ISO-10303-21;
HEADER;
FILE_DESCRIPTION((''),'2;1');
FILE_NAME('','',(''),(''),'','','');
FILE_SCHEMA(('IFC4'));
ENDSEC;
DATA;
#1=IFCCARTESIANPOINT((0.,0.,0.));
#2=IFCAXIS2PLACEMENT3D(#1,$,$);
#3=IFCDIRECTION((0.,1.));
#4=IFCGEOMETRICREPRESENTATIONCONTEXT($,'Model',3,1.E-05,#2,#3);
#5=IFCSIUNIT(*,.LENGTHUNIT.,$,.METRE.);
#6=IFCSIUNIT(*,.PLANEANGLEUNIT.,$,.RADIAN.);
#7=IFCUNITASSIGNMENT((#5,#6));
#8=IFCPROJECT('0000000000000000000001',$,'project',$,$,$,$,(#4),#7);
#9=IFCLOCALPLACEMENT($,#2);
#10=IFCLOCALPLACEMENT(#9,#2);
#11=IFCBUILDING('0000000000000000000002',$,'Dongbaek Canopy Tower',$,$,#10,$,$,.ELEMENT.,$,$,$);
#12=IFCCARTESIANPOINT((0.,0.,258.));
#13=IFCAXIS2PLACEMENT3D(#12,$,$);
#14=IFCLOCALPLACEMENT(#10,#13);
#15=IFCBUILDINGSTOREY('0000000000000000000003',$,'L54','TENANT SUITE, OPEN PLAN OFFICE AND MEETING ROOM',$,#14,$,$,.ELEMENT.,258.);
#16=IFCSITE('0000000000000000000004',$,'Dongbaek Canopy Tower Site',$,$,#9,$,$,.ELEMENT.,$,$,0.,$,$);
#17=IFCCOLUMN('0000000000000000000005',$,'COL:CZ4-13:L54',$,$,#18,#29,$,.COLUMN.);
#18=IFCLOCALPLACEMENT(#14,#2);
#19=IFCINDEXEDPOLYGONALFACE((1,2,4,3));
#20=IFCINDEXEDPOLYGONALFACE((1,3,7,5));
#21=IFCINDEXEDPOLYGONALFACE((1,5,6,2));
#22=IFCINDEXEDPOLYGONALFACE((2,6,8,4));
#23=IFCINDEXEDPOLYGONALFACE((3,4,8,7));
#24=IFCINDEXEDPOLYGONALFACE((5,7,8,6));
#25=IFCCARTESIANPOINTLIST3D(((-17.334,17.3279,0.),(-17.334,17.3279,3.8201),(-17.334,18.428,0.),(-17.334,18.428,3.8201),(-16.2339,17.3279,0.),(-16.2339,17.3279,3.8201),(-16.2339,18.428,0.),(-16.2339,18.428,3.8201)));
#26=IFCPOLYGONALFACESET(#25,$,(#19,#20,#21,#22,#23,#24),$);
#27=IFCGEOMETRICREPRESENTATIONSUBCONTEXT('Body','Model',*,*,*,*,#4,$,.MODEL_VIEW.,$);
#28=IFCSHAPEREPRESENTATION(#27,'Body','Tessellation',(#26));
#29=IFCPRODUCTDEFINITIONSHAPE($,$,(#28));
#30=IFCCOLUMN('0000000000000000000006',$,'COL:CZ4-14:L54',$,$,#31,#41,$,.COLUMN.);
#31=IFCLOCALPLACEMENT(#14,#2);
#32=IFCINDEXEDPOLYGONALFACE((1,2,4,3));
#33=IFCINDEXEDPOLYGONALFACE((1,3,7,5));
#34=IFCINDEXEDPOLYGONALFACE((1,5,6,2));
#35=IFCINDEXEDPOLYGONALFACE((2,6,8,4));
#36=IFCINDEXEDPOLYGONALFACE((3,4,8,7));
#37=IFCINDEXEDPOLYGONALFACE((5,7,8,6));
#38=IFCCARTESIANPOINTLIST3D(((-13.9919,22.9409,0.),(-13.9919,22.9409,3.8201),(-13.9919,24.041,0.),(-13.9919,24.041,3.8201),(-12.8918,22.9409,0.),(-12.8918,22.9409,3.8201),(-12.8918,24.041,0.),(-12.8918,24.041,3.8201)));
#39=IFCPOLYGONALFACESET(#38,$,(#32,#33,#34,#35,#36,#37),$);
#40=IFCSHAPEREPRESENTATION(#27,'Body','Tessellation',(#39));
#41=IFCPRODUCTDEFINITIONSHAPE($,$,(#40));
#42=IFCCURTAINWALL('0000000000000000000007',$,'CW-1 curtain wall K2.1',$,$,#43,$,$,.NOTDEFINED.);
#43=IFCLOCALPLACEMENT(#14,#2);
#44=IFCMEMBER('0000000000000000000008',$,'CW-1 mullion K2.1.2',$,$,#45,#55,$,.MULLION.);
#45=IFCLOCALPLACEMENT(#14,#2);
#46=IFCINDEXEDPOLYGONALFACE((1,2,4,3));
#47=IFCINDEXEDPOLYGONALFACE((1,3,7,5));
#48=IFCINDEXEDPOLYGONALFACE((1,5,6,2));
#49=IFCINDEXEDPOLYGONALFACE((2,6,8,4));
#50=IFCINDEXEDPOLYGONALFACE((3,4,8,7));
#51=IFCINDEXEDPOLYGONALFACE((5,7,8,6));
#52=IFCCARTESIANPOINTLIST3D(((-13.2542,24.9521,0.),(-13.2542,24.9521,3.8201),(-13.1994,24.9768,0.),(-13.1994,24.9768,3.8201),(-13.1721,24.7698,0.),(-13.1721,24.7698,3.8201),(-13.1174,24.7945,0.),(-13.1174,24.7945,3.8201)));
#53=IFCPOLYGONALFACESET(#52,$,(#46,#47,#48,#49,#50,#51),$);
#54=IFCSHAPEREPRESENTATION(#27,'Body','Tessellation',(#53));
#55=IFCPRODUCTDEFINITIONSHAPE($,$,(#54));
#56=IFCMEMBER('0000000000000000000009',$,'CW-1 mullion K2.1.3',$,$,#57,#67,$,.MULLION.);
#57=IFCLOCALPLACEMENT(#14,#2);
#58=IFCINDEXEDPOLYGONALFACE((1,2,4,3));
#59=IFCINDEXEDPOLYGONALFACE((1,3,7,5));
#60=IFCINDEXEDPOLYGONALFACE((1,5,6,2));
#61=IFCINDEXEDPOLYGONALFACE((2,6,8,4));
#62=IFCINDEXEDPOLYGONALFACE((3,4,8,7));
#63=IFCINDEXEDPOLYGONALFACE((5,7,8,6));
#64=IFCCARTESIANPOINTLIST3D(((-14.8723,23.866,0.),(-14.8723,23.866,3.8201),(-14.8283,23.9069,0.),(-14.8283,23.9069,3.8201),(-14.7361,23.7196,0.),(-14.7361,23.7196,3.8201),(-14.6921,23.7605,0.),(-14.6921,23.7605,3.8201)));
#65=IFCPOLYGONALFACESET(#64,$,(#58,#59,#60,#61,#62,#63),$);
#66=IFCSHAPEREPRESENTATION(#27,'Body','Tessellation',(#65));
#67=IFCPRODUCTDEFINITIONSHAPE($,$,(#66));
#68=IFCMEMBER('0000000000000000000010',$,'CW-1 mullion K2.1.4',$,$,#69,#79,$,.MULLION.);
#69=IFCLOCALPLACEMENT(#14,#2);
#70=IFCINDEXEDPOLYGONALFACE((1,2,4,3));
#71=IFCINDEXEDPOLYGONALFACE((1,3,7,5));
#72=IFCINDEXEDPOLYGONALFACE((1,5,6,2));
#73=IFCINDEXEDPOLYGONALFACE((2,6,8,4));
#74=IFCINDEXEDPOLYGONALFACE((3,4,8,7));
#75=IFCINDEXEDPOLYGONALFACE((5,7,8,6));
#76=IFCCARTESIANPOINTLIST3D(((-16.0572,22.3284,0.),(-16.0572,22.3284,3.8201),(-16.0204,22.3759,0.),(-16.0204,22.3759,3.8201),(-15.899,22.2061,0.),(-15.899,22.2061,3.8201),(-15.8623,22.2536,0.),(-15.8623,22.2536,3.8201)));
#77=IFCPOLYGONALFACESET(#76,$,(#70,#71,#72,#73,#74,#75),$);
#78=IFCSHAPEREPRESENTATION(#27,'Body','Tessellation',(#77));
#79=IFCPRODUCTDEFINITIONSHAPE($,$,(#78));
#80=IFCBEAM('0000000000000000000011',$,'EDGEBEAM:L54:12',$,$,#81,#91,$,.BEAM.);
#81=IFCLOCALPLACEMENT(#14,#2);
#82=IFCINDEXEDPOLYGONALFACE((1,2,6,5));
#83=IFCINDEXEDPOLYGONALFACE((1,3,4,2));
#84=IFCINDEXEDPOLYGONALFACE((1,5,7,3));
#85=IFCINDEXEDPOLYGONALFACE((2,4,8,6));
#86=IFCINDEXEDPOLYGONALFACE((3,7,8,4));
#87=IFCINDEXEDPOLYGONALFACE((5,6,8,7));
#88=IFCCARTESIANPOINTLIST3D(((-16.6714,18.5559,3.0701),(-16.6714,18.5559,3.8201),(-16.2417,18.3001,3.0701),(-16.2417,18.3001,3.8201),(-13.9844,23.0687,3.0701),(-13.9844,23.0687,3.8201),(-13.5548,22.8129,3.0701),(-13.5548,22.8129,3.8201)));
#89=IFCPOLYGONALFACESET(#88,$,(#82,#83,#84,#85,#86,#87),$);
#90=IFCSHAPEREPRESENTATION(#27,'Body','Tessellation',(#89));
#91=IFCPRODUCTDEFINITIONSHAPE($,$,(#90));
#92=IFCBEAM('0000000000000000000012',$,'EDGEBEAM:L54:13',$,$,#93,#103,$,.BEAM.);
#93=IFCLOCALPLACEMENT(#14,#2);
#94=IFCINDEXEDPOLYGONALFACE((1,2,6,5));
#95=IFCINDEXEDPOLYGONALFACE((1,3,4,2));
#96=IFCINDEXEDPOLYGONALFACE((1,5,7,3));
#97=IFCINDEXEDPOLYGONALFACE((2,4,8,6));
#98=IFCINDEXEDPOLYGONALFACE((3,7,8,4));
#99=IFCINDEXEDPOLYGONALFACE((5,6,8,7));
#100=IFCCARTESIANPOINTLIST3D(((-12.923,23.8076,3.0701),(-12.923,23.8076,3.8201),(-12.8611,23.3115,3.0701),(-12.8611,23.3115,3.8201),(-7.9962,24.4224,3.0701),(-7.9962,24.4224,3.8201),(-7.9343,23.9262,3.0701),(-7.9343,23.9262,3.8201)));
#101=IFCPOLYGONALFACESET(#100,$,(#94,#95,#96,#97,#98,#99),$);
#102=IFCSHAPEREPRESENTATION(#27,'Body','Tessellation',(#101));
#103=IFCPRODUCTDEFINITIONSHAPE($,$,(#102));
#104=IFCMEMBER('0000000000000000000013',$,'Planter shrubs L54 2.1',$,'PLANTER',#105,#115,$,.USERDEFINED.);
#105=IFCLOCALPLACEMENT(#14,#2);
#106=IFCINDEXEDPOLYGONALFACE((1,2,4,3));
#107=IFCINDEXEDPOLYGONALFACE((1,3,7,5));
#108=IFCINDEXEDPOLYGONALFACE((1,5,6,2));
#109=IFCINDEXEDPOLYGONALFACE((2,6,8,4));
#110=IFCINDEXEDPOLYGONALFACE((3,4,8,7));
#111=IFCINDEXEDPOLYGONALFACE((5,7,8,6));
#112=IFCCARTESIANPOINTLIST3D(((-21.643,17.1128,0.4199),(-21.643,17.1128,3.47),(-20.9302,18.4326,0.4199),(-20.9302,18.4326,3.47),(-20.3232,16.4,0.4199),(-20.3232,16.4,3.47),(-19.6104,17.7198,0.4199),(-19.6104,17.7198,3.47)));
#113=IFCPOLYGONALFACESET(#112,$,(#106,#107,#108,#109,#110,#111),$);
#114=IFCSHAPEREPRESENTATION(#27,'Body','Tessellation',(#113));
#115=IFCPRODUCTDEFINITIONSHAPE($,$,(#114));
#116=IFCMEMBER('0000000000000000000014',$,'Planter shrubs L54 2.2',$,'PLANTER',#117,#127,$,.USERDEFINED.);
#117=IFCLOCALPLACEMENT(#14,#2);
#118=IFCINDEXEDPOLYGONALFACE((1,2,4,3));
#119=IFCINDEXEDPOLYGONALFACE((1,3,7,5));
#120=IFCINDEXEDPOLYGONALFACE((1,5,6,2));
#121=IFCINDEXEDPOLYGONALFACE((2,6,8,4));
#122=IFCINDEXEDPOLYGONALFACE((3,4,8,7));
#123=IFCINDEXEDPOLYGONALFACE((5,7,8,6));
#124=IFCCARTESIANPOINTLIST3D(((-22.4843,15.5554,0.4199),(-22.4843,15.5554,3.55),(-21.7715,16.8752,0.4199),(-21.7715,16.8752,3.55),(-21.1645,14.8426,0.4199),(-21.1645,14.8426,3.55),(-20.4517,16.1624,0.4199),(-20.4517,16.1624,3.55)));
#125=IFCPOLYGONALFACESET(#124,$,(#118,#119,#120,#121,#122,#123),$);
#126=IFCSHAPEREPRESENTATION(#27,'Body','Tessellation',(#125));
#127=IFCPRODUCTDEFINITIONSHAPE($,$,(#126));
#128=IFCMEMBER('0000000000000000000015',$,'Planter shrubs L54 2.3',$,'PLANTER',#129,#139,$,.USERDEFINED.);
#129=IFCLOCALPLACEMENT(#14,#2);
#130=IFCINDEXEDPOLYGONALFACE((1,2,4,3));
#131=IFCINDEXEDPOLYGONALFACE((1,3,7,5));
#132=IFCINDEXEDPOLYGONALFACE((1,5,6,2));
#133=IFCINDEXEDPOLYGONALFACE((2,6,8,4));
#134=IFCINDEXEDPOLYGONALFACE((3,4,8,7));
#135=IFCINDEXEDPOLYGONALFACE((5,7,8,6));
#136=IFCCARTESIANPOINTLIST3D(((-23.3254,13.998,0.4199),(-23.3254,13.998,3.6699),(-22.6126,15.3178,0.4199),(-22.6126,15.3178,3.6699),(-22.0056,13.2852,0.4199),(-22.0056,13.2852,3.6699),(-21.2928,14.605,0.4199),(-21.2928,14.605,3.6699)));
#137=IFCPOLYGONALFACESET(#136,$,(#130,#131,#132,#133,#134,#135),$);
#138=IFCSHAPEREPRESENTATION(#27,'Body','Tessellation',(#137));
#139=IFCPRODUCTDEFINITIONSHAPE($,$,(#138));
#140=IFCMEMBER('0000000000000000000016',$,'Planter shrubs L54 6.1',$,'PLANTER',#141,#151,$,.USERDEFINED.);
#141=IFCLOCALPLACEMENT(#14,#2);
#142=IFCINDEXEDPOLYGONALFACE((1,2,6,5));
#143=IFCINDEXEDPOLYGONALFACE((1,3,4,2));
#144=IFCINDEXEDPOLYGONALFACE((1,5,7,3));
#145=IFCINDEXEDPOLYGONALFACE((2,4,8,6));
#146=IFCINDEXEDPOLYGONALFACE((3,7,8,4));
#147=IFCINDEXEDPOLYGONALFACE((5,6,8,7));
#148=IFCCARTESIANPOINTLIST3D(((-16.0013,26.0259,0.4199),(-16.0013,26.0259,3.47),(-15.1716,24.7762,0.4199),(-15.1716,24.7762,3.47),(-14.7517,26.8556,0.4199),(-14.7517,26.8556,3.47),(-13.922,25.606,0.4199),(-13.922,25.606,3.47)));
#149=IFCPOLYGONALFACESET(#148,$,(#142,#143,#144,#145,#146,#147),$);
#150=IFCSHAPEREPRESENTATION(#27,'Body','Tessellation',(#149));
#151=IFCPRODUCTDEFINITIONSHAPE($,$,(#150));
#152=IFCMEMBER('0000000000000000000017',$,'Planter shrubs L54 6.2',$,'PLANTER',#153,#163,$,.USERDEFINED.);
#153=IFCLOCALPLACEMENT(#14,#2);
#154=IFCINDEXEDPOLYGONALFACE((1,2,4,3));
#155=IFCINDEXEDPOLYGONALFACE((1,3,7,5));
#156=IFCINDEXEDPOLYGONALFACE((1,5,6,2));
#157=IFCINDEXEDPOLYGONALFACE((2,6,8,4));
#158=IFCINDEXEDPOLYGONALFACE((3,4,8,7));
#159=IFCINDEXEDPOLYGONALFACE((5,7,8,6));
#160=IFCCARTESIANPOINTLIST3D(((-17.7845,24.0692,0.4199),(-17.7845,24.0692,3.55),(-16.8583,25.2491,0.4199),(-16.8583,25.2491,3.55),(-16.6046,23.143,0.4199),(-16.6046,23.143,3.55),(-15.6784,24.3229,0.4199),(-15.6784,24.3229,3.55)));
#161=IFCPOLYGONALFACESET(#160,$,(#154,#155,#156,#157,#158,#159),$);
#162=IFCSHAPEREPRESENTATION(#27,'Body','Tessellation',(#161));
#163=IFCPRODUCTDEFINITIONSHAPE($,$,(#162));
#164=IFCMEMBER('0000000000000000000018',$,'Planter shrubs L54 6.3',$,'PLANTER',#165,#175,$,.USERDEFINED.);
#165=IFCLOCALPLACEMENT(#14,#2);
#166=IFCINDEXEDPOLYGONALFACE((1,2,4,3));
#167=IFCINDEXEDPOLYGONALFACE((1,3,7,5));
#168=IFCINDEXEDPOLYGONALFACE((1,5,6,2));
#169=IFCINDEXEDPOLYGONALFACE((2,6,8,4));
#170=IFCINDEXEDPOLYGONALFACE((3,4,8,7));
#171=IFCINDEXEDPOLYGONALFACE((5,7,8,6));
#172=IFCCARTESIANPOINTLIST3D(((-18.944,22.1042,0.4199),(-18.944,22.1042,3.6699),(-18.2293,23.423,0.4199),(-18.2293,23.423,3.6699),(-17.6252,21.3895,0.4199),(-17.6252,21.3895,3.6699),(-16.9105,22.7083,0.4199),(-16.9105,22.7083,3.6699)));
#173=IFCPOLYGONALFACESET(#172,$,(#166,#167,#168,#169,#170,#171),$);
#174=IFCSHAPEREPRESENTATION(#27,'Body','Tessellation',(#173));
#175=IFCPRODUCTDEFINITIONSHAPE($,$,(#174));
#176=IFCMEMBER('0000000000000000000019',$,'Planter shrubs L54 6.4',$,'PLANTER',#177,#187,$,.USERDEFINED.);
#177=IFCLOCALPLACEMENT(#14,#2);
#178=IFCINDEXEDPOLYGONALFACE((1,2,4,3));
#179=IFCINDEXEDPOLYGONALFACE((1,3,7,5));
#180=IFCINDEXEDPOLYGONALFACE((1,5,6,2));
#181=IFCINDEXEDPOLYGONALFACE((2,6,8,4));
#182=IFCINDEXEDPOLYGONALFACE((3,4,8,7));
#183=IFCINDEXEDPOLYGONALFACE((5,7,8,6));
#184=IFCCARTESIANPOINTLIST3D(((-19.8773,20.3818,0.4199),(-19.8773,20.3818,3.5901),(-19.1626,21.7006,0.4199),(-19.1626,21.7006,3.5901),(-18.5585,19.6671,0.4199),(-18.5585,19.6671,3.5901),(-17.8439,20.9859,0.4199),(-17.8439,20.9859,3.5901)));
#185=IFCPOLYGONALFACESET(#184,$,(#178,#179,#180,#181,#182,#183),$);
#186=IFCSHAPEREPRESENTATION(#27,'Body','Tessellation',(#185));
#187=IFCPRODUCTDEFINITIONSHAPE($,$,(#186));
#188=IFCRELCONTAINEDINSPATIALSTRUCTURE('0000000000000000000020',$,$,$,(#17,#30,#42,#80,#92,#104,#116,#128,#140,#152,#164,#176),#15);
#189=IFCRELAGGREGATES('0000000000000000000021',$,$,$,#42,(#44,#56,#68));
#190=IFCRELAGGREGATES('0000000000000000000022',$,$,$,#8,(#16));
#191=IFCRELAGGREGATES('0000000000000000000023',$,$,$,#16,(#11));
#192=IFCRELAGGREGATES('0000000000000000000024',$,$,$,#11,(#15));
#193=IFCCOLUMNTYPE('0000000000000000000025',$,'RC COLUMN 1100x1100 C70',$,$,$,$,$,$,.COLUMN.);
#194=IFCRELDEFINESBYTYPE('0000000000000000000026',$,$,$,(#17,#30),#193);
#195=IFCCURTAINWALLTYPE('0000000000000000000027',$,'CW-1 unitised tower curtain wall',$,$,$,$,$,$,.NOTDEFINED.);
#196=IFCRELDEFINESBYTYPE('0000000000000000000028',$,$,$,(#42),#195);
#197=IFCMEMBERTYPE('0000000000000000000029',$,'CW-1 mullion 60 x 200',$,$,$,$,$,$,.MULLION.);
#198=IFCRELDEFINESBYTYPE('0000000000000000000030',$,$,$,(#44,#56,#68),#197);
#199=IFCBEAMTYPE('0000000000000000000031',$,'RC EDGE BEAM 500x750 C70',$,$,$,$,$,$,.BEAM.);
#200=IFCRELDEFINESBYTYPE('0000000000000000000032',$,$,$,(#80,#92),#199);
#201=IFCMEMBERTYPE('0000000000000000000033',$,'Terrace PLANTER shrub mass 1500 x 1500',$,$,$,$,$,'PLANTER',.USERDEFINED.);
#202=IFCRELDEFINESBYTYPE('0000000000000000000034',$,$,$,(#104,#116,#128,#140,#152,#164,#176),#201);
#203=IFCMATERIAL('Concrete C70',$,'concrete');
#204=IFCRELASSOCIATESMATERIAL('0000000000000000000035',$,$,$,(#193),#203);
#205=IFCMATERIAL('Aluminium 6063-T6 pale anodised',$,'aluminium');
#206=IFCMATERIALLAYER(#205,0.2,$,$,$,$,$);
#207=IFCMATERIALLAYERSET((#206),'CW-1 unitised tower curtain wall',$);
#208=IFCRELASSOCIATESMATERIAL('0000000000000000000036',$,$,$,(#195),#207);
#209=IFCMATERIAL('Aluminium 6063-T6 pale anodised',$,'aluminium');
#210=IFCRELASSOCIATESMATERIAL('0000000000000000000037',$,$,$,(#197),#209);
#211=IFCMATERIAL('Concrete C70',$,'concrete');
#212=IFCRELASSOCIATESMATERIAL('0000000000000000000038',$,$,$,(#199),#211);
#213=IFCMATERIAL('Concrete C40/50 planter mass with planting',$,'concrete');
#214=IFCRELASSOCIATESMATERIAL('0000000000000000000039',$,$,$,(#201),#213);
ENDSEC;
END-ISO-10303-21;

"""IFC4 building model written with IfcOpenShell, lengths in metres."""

from ifc_helpers import new_model, si_unit, direction, frame, origin, origin_2d, place, context, subcontext, project, spatial, rectangle, extrude, material, layer, layer_set, material_profile, profile_set, type_object, element, aggregate, save


model = new_model("IFC4")

# Units and contexts
model_context = context("Model", 3, precision=1e-05, world=origin(), true_north=direction((0.0, 1.0)))
body_context = subcontext(model_context, "Body", "Model", "MODEL_VIEW")
ifc_project = project(units=[si_unit("LENGTHUNIT", "METRE"), si_unit("PLANEANGLEUNIT", "RADIAN")], contexts=[model_context])

# Site, building, storey
site_placement = place(None, origin())
site = spatial("IfcSite", under=ifc_project, at=site_placement, Name="Dongbaek Canopy Tower Site", CompositionType="ELEMENT", RefElevation=0.0)
building_placement = place(site_placement, origin())
building = spatial("IfcBuilding", under=site, at=building_placement, Name="Dongbaek Canopy Tower", CompositionType="ELEMENT")
storey_placement = place(building_placement, frame((0.0, 0.0, 258.0)))
storey = spatial("IfcBuildingStorey", under=building, at=storey_placement, Name="L54", Description="TENANT SUITE, OPEN PLAN OFFICE AND MEETING ROOM", CompositionType="ELEMENT", Elevation=258.0)

# Columns
ifc_material_1 = material(Name="Concrete C70", Category="concrete")
ifc_material_profile_1 = material_profile(ifc_material_1, rectangle(XDim=1.1001, YDim=1.1001, at=origin_2d()), Name="RC COLUMN 1100x1100 C70")
ifc_profile_set_1 = profile_set([ifc_material_profile_1], Name="Concrete C70")
column_type = type_object("IfcColumnType", Name="RC COLUMN 1100x1100 C70", PredefinedType="COLUMN", material=ifc_profile_set_1)
for number, where, z_axis, x_axis, name in (
    (1, (-16.7839, 17.8779, 0.0), (0.0, 0.0, 1.0), (1.0, 0.0, 0.0), "COL:CZ4-13:L54"),
    (2, (-13.4419, 23.491, 0.0), (0.0, 0.0, 1.0), (1.0, 0.0, 0.0), "COL:CZ4-14:L54"),
):
    element("IfcColumn", number, at=place(storey_placement, frame(where, z_axis=z_axis, x_axis=x_axis)), inside=storey, type_object=column_type, Name=name, PredefinedType="COLUMN", context=body_context, shape_type="SweptSolid", body=[
        extrude(rectangle(XDim=1.1001, YDim=1.1001, at=origin_2d()), origin(), (0.0, 0.0, 1.0), 3.8201),
    ])

# Curtain wall, members
ifc_material_2 = material(Name="Aluminium 6063-T6 pale anodised", Category="aluminium")
ifc_layer_1 = layer(ifc_material_2, 0.2)
ifc_layer_set_1 = layer_set([ifc_layer_1], Name="CW-1 unitised tower curtain wall")
curtain_wall_type = type_object("IfcCurtainWallType", Name="CW-1 unitised tower curtain wall", PredefinedType="NOTDEFINED", material=ifc_layer_set_1)
curtain_wall_placement = place(storey_placement, origin())
curtain_wall = element("IfcCurtainWall", 3, at=curtain_wall_placement, inside=storey, type_object=curtain_wall_type, Name="CW-1 curtain wall K2.1", PredefinedType="NOTDEFINED")
ifc_material_3 = material(Name="Aluminium 6063-T6 pale anodised", Category="aluminium")
ifc_material_profile_2 = material_profile(ifc_material_3, rectangle(XDim=0.2, YDim=0.0601, at=origin_2d()), Name="CW-1 mullion 60 x 200")
ifc_profile_set_2 = profile_set([ifc_material_profile_2], Name="Aluminium 6063-T6 pale anodised")
member_type_1 = type_object("IfcMemberType", Name="CW-1 mullion 60 x 200", PredefinedType="MULLION", material=ifc_profile_set_2)
member_1_placement = place(storey_placement, frame((-13.1858, 24.8733, 0.0), z_axis=(0.0, 0.0, 1.0), x_axis=(-0.410472, 0.911873, 0.0)))
member_1 = element("IfcMember", 4, at=member_1_placement, type_object=member_type_1, Name="CW-1 mullion K2.1.2", PredefinedType="MULLION", context=body_context, shape_type="SweptSolid", body=[
    extrude(rectangle(XDim=0.2, YDim=0.0601, at=origin_2d()), origin(), (0.0, 0.0, 1.0), 3.8201),
])
member_2_placement = place(storey_placement, frame((-14.7822, 23.8132, 0.0), z_axis=(0.0, 0.0, 1.0), x_axis=(-0.681117, 0.732174, 0.0)))
member_2 = element("IfcMember", 5, at=member_2_placement, type_object=member_type_1, Name="CW-1 mullion K2.1.3", PredefinedType="MULLION", context=body_context, shape_type="SweptSolid", body=[
    extrude(rectangle(XDim=0.2, YDim=0.0601, at=origin_2d()), origin(), (0.0, 0.0, 1.0), 3.8201),
])
member_3_placement = place(storey_placement, frame((-15.9597, 22.291, 0.0), z_axis=(0.0, 0.0, 1.0), x_axis=(-0.791002, 0.611813, 0.0)))
member_3 = element("IfcMember", 6, at=member_3_placement, type_object=member_type_1, Name="CW-1 mullion K2.1.4", PredefinedType="MULLION", context=body_context, shape_type="SweptSolid", body=[
    extrude(rectangle(XDim=0.2, YDim=0.0601, at=origin_2d()), origin(), (0.0, 0.0, 1.0), 3.8201),
])

# Beams
ifc_material_4 = material(Name="Concrete C70", Category="concrete")
ifc_material_profile_3 = material_profile(ifc_material_4, rectangle(XDim=0.5, YDim=0.75, at=origin_2d()), Name="RC EDGE BEAM 500x750 C70")
ifc_profile_set_3 = profile_set([ifc_material_profile_3], Name="Concrete C70")
beam_type = type_object("IfcBeamType", Name="RC EDGE BEAM 500x750 C70", PredefinedType="BEAM", material=ifc_profile_set_3)
beam_1_placement = place(storey_placement, frame((-16.4565, 18.428, 3.4451), z_axis=(0.511588, 0.859231, 0.0), x_axis=(-0.859231, 0.511588, 0.0)))
element("IfcBeam", 7, at=beam_1_placement, inside=storey, type_object=beam_type, Name="EDGEBEAM:L54:12", PredefinedType="BEAM", context=body_context, shape_type="SweptSolid", body=[
    extrude(rectangle(XDim=0.5, YDim=0.75, at=origin_2d()), origin(), (0.0, 0.0, 1.0), 5.2522),
])
beam_2_placement = place(storey_placement, frame((-12.8921, 23.5596, 3.4451), z_axis=(0.992306, 0.123811, 0.0), x_axis=(-0.123811, 0.992306, 0.0)))
element("IfcBeam", 8, at=beam_2_placement, inside=storey, type_object=beam_type, Name="EDGEBEAM:L54:13", PredefinedType="BEAM", context=body_context, shape_type="SweptSolid", body=[
    extrude(rectangle(XDim=0.5, YDim=0.75, at=origin_2d()), origin(), (0.0, 0.0, 1.0), 4.9651),
])

# Members
ifc_material_5 = material(Name="Concrete C40/50 planter mass with planting", Category="concrete")
ifc_material_profile_4 = material_profile(ifc_material_5, rectangle(XDim=1.5, YDim=1.5, at=origin_2d()), Name="Terrace PLANTER shrub mass 1500 x 1500")
ifc_profile_set_4 = profile_set([ifc_material_profile_4], Name="Concrete C40/50 planter mass with planting")
member_type_2 = type_object("IfcMemberType", Name="Terrace PLANTER shrub mass 1500 x 1500", ElementType="PLANTER", PredefinedType="USERDEFINED", material=ifc_profile_set_4)
member_4_placement = place(storey_placement, frame((-20.6267, 17.4163, 0.4199), z_axis=(0.0, 0.0, 1.0), x_axis=(-0.879877, 0.475202, 0.0)))
element("IfcMember", 9, at=member_4_placement, inside=storey, type_object=member_type_2, Name="Planter shrubs L54 2.1", ObjectType="PLANTER", PredefinedType="USERDEFINED", context=body_context, shape_type="SweptSolid", body=[
    extrude(rectangle(XDim=1.5, YDim=1.5, at=origin_2d()), origin(), (0.0, 0.0, 1.0), 3.05),
])
member_5_placement = place(storey_placement, frame((-21.468, 15.8589, 0.4199), z_axis=(0.0, 0.0, 1.0), x_axis=(-0.879877, 0.475202, 0.0)))
element("IfcMember", 10, at=member_5_placement, inside=storey, type_object=member_type_2, Name="Planter shrubs L54 2.2", ObjectType="PLANTER", PredefinedType="USERDEFINED", context=body_context, shape_type="SweptSolid", body=[
    extrude(rectangle(XDim=1.5, YDim=1.5, at=origin_2d()), origin(), (0.0, 0.0, 1.0), 3.1301),
])
member_6_placement = place(storey_placement, frame((-22.3091, 14.3015, 0.4199), z_axis=(0.0, 0.0, 1.0), x_axis=(-0.879877, 0.475202, 0.0)))
element("IfcMember", 11, at=member_6_placement, inside=storey, type_object=member_type_2, Name="Planter shrubs L54 2.3", ObjectType="PLANTER", PredefinedType="USERDEFINED", context=body_context, shape_type="SweptSolid", body=[
    extrude(rectangle(XDim=1.5, YDim=1.5, at=origin_2d()), origin(), (0.0, 0.0, 1.0), 3.25),
])
member_7_placement = place(storey_placement, frame((-14.9617, 25.8159, 0.4199), z_axis=(0.0, 0.0, 1.0), x_axis=(-0.553141, 0.833088, 0.0)))
element("IfcMember", 12, at=member_7_placement, inside=storey, type_object=member_type_2, Name="Planter shrubs L54 6.1", ObjectType="PLANTER", PredefinedType="USERDEFINED", context=body_context, shape_type="SweptSolid", body=[
    extrude(rectangle(XDim=1.5, YDim=1.5, at=origin_2d()), origin(), (0.0, 0.0, 1.0), 3.05),
])
member_8_placement = place(storey_placement, frame((-16.7314, 24.196, 0.4199), z_axis=(0.0, 0.0, 1.0), x_axis=(-0.786623, 0.617433, 0.0)))
element("IfcMember", 13, at=member_8_placement, inside=storey, type_object=member_type_2, Name="Planter shrubs L54 6.2", ObjectType="PLANTER", PredefinedType="USERDEFINED", context=body_context, shape_type="SweptSolid", body=[
    extrude(rectangle(XDim=1.5, YDim=1.5, at=origin_2d()), origin(), (0.0, 0.0, 1.0), 3.1301),
])
member_9_placement = place(storey_placement, frame((-17.9272, 22.4062, 0.4199), z_axis=(0.0, 0.0, 1.0), x_axis=(-0.879194, 0.476463, 0.0)))
element("IfcMember", 14, at=member_9_placement, inside=storey, type_object=member_type_2, Name="Planter shrubs L54 6.3", ObjectType="PLANTER", PredefinedType="USERDEFINED", context=body_context, shape_type="SweptSolid", body=[
    extrude(rectangle(XDim=1.5, YDim=1.5, at=origin_2d()), origin(), (0.0, 0.0, 1.0), 3.25),
])
member_10_placement = place(storey_placement, frame((-18.8606, 20.6838, 0.4199), z_axis=(0.0, 0.0, 1.0), x_axis=(-0.879194, 0.476463, 0.0)))
element("IfcMember", 15, at=member_10_placement, inside=storey, type_object=member_type_2, Name="Planter shrubs L54 6.4", ObjectType="PLANTER", PredefinedType="USERDEFINED", context=body_context, shape_type="SweptSolid", body=[
    extrude(rectangle(XDim=1.5, YDim=1.5, at=origin_2d()), origin(), (0.0, 0.0, 1.0), 3.1702),
])

aggregate(curtain_wall, [member_1, member_2, member_3])

save(model, "model.ifc")
